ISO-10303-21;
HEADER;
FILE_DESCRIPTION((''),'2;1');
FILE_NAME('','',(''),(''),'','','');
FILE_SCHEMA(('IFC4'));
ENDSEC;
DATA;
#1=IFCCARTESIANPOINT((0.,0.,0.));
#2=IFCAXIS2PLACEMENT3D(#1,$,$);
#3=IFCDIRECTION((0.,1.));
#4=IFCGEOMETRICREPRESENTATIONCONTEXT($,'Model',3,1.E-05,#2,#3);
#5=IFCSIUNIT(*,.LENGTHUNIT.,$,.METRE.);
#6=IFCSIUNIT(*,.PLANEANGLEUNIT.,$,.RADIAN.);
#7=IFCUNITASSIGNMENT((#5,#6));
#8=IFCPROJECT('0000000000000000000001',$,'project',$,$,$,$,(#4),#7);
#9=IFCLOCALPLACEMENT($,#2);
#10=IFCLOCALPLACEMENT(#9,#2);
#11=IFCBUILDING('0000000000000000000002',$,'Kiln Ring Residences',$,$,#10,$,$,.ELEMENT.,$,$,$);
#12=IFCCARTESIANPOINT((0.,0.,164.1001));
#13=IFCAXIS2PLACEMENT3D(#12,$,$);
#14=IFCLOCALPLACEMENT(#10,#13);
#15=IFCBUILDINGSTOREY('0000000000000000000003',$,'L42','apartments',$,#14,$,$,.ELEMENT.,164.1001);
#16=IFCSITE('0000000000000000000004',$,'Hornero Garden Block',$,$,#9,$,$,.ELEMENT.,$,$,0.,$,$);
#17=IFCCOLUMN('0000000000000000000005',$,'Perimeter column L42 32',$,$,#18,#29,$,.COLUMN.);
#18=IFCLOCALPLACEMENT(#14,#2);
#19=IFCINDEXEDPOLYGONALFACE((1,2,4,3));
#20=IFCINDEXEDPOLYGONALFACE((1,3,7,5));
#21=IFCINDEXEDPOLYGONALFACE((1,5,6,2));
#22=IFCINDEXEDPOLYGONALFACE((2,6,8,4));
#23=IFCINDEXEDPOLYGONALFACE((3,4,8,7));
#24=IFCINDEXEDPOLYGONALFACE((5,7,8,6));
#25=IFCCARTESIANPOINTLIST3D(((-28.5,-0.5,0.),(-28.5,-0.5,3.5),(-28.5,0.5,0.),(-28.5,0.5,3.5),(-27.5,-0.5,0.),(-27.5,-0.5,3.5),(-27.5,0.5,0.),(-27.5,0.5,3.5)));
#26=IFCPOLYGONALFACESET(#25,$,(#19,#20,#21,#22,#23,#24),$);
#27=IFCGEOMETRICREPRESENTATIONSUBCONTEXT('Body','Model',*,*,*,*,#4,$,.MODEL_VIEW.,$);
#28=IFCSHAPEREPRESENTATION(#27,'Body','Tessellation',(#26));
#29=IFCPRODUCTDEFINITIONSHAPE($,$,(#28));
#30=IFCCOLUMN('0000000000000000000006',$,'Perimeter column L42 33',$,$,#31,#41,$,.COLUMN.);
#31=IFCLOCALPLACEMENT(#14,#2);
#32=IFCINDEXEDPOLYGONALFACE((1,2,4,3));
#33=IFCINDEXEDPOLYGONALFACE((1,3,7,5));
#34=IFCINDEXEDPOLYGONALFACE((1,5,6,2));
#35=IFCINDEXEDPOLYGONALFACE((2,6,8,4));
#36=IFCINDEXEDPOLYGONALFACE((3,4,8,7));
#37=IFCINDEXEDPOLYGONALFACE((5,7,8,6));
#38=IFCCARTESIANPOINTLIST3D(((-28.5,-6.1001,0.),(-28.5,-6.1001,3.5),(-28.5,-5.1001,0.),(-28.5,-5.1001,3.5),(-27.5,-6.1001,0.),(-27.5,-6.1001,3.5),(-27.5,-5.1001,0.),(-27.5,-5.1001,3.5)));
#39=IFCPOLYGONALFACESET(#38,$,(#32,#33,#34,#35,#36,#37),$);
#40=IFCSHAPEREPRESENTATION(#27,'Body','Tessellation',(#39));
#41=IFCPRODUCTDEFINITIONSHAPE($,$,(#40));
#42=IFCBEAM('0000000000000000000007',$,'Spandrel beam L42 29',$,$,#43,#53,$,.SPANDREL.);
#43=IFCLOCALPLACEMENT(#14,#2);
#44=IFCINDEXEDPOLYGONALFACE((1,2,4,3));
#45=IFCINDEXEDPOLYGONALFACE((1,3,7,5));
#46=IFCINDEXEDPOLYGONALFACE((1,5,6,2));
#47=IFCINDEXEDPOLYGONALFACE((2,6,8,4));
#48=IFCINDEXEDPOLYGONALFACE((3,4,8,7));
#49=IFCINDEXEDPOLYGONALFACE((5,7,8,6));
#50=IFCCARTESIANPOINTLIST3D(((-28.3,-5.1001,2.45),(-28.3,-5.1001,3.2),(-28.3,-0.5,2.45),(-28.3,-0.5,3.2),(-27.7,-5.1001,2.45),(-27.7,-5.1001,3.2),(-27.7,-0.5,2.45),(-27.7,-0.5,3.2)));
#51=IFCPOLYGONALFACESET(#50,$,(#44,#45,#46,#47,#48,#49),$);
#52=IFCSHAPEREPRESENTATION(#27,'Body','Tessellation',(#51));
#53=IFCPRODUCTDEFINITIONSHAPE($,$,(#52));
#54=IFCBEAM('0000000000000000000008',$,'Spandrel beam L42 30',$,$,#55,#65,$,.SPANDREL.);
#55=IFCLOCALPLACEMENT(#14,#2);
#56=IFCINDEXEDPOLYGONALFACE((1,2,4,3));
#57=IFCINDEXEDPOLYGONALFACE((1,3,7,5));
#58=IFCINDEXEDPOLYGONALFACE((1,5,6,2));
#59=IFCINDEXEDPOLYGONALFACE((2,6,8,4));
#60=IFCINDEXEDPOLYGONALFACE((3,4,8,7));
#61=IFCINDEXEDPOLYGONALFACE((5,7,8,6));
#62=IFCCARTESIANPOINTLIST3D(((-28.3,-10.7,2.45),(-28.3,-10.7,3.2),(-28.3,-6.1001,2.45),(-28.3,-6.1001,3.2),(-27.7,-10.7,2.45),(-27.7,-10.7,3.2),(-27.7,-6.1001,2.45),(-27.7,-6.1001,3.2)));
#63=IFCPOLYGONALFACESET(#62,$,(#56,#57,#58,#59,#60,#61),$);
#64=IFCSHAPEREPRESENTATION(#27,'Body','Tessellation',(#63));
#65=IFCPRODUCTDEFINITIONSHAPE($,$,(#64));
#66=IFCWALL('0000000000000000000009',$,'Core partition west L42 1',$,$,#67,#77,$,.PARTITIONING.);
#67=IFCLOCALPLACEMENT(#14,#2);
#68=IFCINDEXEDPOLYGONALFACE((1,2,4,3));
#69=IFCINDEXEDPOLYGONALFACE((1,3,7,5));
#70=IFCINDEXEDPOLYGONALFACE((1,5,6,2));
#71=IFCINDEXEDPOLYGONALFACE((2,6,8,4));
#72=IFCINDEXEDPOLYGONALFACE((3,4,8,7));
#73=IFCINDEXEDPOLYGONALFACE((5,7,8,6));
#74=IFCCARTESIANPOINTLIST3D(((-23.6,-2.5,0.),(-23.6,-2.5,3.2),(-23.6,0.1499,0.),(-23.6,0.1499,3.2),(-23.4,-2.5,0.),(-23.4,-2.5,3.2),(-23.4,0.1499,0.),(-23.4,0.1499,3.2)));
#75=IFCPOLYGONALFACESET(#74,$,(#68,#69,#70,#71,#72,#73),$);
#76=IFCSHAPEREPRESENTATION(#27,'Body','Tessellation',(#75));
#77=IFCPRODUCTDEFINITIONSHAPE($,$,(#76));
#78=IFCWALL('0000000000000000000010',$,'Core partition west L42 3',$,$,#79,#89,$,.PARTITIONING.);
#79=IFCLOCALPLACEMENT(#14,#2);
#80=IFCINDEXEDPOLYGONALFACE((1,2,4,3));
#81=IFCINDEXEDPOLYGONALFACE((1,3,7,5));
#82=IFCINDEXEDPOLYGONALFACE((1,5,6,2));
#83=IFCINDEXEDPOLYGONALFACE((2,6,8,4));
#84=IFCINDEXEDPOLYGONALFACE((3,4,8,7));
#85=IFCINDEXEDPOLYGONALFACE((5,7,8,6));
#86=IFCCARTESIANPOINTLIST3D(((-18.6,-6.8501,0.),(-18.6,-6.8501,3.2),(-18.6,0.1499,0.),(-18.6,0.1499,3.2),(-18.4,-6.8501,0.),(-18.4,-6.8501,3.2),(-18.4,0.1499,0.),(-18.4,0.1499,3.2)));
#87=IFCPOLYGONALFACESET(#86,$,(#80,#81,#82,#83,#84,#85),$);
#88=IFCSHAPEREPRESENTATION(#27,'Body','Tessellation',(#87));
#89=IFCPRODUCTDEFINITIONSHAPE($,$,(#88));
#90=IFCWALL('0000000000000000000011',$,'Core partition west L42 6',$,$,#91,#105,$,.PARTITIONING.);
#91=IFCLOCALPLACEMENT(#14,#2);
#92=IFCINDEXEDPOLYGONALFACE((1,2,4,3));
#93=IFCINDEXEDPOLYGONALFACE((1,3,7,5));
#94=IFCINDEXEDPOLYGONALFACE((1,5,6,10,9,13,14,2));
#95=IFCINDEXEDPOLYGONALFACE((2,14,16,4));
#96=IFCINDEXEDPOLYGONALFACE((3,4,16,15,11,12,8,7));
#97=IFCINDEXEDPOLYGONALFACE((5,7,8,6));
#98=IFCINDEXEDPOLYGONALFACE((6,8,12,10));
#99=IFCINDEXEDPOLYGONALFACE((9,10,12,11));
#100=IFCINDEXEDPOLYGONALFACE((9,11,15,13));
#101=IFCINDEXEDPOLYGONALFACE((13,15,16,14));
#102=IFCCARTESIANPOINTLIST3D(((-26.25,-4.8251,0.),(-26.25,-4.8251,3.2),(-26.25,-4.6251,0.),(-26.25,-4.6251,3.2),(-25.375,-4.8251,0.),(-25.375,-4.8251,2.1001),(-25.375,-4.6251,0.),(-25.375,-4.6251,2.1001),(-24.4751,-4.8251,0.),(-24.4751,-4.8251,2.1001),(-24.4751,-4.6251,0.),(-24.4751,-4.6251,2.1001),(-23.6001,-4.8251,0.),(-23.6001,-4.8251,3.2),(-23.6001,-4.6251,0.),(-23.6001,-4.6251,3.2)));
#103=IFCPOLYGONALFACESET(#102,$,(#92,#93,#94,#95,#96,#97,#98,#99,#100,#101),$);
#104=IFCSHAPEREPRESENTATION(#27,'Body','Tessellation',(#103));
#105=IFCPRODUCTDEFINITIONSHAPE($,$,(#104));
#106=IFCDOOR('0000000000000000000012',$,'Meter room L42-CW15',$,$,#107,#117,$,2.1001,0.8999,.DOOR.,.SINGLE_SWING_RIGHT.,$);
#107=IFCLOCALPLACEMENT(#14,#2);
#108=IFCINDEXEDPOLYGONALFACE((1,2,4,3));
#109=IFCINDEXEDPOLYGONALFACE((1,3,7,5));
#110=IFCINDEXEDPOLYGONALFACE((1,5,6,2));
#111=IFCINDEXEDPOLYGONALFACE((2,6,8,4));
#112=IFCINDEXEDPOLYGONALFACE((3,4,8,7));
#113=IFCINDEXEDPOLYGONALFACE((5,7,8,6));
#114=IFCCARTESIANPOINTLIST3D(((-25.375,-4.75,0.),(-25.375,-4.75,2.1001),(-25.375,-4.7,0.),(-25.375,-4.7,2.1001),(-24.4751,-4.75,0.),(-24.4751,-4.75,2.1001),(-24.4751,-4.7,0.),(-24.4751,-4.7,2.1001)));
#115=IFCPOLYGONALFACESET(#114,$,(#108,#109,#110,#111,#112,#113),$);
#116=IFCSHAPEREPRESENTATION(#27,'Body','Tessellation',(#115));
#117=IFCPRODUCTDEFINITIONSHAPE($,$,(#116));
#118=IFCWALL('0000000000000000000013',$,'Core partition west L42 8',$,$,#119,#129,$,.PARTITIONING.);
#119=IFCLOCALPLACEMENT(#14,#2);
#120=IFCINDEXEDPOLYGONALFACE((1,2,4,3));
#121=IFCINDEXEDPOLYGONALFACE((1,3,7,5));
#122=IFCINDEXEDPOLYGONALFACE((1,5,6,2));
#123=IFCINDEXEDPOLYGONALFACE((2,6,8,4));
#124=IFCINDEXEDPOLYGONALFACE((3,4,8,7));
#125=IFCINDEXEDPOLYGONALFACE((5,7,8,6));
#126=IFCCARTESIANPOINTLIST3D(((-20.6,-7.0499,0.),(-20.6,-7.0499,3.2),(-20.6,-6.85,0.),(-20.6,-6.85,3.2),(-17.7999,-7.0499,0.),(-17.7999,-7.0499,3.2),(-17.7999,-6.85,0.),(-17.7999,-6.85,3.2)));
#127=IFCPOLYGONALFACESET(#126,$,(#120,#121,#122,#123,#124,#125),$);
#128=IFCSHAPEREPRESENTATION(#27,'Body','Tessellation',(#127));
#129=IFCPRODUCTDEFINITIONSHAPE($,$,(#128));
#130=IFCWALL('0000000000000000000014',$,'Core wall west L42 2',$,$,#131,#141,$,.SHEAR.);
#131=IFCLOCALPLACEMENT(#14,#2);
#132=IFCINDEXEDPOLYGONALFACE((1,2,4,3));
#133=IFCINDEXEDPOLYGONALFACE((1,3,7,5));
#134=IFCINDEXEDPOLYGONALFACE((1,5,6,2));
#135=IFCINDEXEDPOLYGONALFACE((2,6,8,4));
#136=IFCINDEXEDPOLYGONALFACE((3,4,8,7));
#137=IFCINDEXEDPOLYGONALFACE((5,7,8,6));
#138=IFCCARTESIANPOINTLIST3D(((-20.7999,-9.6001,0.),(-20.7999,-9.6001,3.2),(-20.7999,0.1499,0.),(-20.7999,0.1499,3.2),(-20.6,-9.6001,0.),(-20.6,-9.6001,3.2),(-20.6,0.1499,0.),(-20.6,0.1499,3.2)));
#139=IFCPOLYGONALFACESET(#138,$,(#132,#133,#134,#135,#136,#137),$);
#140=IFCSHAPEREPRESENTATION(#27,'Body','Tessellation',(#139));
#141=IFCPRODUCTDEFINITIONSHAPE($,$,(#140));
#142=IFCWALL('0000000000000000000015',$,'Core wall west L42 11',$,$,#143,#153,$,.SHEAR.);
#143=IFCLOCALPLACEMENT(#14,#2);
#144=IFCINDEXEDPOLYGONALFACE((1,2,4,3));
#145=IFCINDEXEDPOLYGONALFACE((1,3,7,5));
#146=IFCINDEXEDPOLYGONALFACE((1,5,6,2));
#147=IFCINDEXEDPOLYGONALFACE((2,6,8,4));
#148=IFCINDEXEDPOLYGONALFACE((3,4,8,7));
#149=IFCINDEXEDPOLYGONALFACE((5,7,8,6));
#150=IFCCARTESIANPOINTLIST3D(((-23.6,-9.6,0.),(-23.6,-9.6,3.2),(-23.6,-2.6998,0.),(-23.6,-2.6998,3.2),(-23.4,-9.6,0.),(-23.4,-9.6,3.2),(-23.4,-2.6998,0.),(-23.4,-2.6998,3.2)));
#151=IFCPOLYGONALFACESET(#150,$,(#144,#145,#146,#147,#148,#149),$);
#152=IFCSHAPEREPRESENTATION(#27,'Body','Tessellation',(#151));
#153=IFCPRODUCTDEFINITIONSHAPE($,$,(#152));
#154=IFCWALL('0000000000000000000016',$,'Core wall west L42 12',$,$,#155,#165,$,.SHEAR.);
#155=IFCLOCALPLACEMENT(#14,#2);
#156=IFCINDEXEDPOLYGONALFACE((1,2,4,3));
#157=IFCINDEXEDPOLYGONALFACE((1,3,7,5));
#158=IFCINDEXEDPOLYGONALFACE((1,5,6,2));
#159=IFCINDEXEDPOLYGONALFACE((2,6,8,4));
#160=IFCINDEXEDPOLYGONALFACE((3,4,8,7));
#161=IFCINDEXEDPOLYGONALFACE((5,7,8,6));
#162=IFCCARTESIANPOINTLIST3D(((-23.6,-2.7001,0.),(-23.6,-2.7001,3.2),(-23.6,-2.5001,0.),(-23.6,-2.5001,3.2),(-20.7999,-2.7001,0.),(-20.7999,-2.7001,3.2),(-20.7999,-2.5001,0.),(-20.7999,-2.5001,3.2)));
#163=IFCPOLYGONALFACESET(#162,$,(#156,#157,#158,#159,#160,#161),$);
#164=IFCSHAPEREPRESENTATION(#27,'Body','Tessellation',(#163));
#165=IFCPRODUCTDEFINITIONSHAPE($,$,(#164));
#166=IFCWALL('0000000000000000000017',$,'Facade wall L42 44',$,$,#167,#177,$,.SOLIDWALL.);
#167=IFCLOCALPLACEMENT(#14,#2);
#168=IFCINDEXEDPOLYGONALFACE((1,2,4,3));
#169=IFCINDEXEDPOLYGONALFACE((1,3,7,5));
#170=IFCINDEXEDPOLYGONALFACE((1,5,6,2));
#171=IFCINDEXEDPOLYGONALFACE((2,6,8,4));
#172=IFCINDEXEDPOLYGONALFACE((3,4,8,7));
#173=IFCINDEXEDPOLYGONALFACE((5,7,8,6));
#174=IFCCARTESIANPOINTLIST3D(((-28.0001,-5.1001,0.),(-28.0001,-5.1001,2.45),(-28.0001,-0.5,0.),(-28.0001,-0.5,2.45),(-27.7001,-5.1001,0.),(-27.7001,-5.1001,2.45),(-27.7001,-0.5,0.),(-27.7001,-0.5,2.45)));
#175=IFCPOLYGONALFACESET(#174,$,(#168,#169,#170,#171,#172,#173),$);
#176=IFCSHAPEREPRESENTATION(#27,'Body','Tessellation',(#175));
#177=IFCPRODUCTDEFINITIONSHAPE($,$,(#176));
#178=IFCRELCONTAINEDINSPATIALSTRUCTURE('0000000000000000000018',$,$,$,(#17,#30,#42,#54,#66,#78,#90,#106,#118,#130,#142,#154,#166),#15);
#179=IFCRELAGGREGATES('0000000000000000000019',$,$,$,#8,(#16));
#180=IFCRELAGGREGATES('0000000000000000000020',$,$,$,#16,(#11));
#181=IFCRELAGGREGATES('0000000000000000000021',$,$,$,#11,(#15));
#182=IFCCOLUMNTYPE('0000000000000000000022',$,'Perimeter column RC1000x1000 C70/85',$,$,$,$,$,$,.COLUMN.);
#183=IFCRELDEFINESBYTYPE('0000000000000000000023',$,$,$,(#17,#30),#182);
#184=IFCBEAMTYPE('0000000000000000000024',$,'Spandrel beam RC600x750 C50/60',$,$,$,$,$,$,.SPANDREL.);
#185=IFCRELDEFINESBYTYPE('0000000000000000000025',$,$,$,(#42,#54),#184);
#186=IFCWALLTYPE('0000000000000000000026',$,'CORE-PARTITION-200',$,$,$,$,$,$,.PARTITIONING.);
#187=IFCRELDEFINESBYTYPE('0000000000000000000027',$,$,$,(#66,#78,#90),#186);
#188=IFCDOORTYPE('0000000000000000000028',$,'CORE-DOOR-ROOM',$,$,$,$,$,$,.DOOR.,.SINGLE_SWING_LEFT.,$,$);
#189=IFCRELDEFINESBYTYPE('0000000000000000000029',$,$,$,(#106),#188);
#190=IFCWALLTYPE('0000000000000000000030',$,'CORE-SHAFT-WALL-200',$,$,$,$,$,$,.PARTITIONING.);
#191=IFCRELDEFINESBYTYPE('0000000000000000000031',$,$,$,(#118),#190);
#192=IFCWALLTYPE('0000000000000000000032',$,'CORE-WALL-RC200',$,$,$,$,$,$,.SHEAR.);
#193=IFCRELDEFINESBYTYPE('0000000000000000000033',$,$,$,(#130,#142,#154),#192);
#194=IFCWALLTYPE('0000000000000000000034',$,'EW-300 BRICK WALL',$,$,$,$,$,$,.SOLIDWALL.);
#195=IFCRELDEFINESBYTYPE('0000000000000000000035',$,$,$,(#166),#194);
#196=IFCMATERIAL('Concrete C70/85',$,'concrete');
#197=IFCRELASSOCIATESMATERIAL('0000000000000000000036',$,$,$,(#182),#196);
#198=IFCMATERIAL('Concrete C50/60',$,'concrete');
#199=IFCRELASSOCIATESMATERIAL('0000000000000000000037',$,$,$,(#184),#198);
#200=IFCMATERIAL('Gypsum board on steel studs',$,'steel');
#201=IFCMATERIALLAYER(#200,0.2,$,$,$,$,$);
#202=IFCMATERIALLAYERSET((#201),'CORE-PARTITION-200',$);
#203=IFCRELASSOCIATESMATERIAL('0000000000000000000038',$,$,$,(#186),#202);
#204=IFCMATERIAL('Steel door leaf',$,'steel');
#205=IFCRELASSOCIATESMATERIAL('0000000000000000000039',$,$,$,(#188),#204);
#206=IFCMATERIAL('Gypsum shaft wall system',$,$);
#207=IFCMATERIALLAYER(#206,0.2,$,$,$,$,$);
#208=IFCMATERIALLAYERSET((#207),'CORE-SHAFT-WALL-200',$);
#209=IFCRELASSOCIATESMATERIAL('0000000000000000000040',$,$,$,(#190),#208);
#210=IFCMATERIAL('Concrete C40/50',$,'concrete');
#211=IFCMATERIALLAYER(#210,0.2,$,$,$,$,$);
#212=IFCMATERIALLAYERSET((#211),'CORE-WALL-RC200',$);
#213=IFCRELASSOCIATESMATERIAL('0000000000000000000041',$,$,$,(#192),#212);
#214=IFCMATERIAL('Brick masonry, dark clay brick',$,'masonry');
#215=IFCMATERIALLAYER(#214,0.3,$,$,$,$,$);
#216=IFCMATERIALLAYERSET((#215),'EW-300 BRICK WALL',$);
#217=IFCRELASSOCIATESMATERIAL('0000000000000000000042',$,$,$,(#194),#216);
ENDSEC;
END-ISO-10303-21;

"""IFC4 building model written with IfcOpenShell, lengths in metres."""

from ifc_helpers import new_model, si_unit, direction, frame, frame_2d, origin, origin_2d, place, context, subcontext, project, spatial, rectangle, extrude, material, layer, layer_set, material_profile, profile_set, type_object, element, fill, save


model = new_model("IFC4")

# Units and contexts
model_context = context("Model", 3, precision=1e-05, world=origin(), true_north=direction((0.0, 1.0)))
body_context = subcontext(model_context, "Body", "Model", "MODEL_VIEW")
ifc_project = project(units=[si_unit("LENGTHUNIT", "METRE"), si_unit("PLANEANGLEUNIT", "RADIAN")], contexts=[model_context])

# Site, building, storey
site_placement = place(None, origin())
site = spatial("IfcSite", under=ifc_project, at=site_placement, Name="Hornero Garden Block", CompositionType="ELEMENT", RefElevation=0.0)
building_placement = place(site_placement, origin())
building = spatial("IfcBuilding", under=site, at=building_placement, Name="Kiln Ring Residences", CompositionType="ELEMENT")
storey_placement = place(building_placement, frame((0.0, 0.0, 164.1001)))
storey = spatial("IfcBuildingStorey", under=building, at=storey_placement, Name="L42", Description="apartments", CompositionType="ELEMENT", Elevation=164.1001)

# Columns
ifc_material_1 = material(Name="Concrete C70/85", Category="concrete")
ifc_material_profile_1 = material_profile(ifc_material_1, rectangle(XDim=1.0, YDim=1.0, at=origin_2d()), Name="RC1000x1000")
ifc_profile_set_1 = profile_set([ifc_material_profile_1], Name="Concrete C70/85")
column_type = type_object("IfcColumnType", Name="Perimeter column RC1000x1000 C70/85", PredefinedType="COLUMN", material=ifc_profile_set_1)
for number, where, z_axis, x_axis, name in (
    (1, (-28.0, 0.0, 0.0), (0.0, 0.0, 1.0), (1.0, 0.0, 0.0), "Perimeter column L42 32"),
    (2, (-28.0, -5.6001, 0.0), (0.0, 0.0, 1.0), (1.0, 0.0, 0.0), "Perimeter column L42 33"),
):
    element("IfcColumn", number, at=place(storey_placement, frame(where, z_axis=z_axis, x_axis=x_axis)), inside=storey, type_object=column_type, Name=name, PredefinedType="COLUMN", context=body_context, shape_type="SweptSolid", body=[
        extrude(rectangle(XDim=1.0, YDim=1.0, at=origin_2d()), origin(), (0.0, 0.0, 1.0), 3.5),
    ])

# Beams
ifc_material_2 = material(Name="Concrete C50/60", Category="concrete")
ifc_material_profile_2 = material_profile(ifc_material_2, rectangle(XDim=0.6001, YDim=0.75, at=origin_2d()), Name="RC600x750")
ifc_profile_set_2 = profile_set([ifc_material_profile_2], Name="Concrete C50/60")
beam_type = type_object("IfcBeamType", Name="Spandrel beam RC600x750 C50/60", PredefinedType="SPANDREL", material=ifc_profile_set_2)
beam_1_placement = place(storey_placement, frame((-28.0, -0.5, 2.825), z_axis=(0.0, -1.0, 0.0), x_axis=(1.0, 0.0, 0.0)))
element("IfcBeam", 3, at=beam_1_placement, inside=storey, type_object=beam_type, Name="Spandrel beam L42 29", PredefinedType="SPANDREL", context=body_context, shape_type="SweptSolid", body=[
    extrude(rectangle(XDim=0.6001, YDim=0.75, at=origin_2d()), origin(), (0.0, 0.0, 1.0), 4.6001),
])
beam_2_placement = place(storey_placement, frame((-28.0, -6.1001, 2.825), z_axis=(0.0, -1.0, 0.0), x_axis=(1.0, 0.0, 0.0)))
element("IfcBeam", 4, at=beam_2_placement, inside=storey, type_object=beam_type, Name="Spandrel beam L42 30", PredefinedType="SPANDREL", context=body_context, shape_type="SweptSolid", body=[
    extrude(rectangle(XDim=0.6001, YDim=0.75, at=origin_2d()), origin(), (0.0, 0.0, 1.0), 4.5999),
])

# Walls
ifc_material_3 = material(Name="Gypsum board on steel studs", Category="steel")
ifc_layer_1 = layer(ifc_material_3, 0.2)
ifc_layer_set_1 = layer_set([ifc_layer_1], Name="CORE-PARTITION-200")
wall_type_1 = type_object("IfcWallType", Name="CORE-PARTITION-200", PredefinedType="PARTITIONING", material=ifc_layer_set_1)
wall_1_placement = place(storey_placement, frame((-23.5, -2.5, 0.0), z_axis=(0.0, 0.0, 1.0), x_axis=(0.0, 1.0, 0.0)))
element("IfcWall", 5, at=wall_1_placement, inside=storey, type_object=wall_type_1, Name="Core partition west L42 1", PredefinedType="PARTITIONING", context=body_context, shape_type="SweptSolid", body=[
    extrude(rectangle(XDim=2.6499, YDim=0.2, at=frame_2d((1.325, 0.0))), origin(), (0.0, 0.0, 1.0), 3.2),
])
wall_2_placement = place(storey_placement, frame((-18.5, -6.8501, 0.0), z_axis=(0.0, 0.0, 1.0), x_axis=(0.0, 1.0, 0.0)))
element("IfcWall", 6, at=wall_2_placement, inside=storey, type_object=wall_type_1, Name="Core partition west L42 3", PredefinedType="PARTITIONING", context=body_context, shape_type="SweptSolid", body=[
    extrude(rectangle(XDim=7.0, YDim=0.2, at=frame_2d((3.5, 0.0))), origin(), (0.0, 0.0, 1.0), 3.2),
])

# Wall, opening, door
wall_3_placement = place(storey_placement, frame((-23.6001, -4.7251, 0.0), z_axis=(0.0, 0.0, 1.0), x_axis=(-1.0, 0.0, 0.0)))
wall_3 = element("IfcWall", 7, at=wall_3_placement, inside=storey, type_object=wall_type_1, Name="Core partition west L42 6", PredefinedType="PARTITIONING", context=body_context, shape_type="SweptSolid", body=[
    extrude(rectangle(XDim=2.6499, YDim=0.2, at=frame_2d((1.325, 0.0))), origin(), (0.0, 0.0, 1.0), 3.2),
])
opening_placement = place(wall_3_placement, frame((0.875, 0.0, 0.0)))
opening = element("IfcOpeningElement", 8, at=opening_placement, cuts=wall_3, PredefinedType="OPENING", context=body_context, shape_type="SweptSolid", body=[
    extrude(rectangle(XDim=0.8999, YDim=2.1001, at=frame_2d((0.45, 1.05))), frame((0.0, 0.1099, 0.0), z_axis=(0.0, -1.0, 0.0), x_axis=(1.0, 0.0, 0.0)), (0.0, 0.0, 1.0), 0.22),
])
ifc_material_4 = material(Name="Steel door leaf", Category="steel")
door_type = type_object("IfcDoorType", Name="CORE-DOOR-ROOM", OperationType="SINGLE_SWING_LEFT", PredefinedType="DOOR", material=ifc_material_4)
door_placement = place(opening_placement, origin())
door = element("IfcDoor", 9, at=door_placement, inside=storey, type_object=door_type, Name="Meter room L42-CW15", OperationType="SINGLE_SWING_RIGHT", OverallHeight=2.1001, OverallWidth=0.8999, PredefinedType="DOOR", context=body_context, shape_type="SweptSolid", body=[
    extrude(rectangle(XDim=0.8999, YDim=2.1001, at=frame_2d((0.45, 1.05))), frame((0.0, 0.0249, 0.0), z_axis=(0.0, -1.0, 0.0), x_axis=(1.0, 0.0, 0.0)), (0.0, 0.0, 1.0), 0.05),
])
fill(opening, door)

# Walls
ifc_material_5 = material(Name="Gypsum shaft wall system")
ifc_layer_2 = layer(ifc_material_5, 0.2)
ifc_layer_set_2 = layer_set([ifc_layer_2], Name="CORE-SHAFT-WALL-200")
wall_type_2 = type_object("IfcWallType", Name="CORE-SHAFT-WALL-200", PredefinedType="PARTITIONING", material=ifc_layer_set_2)
wall_4_placement = place(storey_placement, frame((-17.8, -6.95, 0.0), z_axis=(0.0, 0.0, 1.0), x_axis=(-1.0, 0.0, 0.0)))
element("IfcWall", 10, at=wall_4_placement, inside=storey, type_object=wall_type_2, Name="Core partition west L42 8", PredefinedType="PARTITIONING", context=body_context, shape_type="SweptSolid", body=[
    extrude(rectangle(XDim=2.8, YDim=0.2, at=frame_2d((1.3999, 0.0))), origin(), (0.0, 0.0, 1.0), 3.2),
])
ifc_material_6 = material(Name="Concrete C40/50", Category="concrete")
ifc_layer_3 = layer(ifc_material_6, 0.2)
ifc_layer_set_3 = layer_set([ifc_layer_3], Name="CORE-WALL-RC200")
wall_type_3 = type_object("IfcWallType", Name="CORE-WALL-RC200", PredefinedType="SHEAR", material=ifc_layer_set_3)
wall_5_placement = place(storey_placement, frame((-20.7, -9.6001, 0.0), z_axis=(0.0, 0.0, 1.0), x_axis=(0.0, 1.0, 0.0)))
element("IfcWall", 11, at=wall_5_placement, inside=storey, type_object=wall_type_3, Name="Core wall west L42 2", PredefinedType="SHEAR", context=body_context, shape_type="SweptSolid", body=[
    extrude(rectangle(XDim=9.75, YDim=0.2, at=frame_2d((4.875, 0.0))), origin(), (0.0, 0.0, 1.0), 3.2),
])
wall_6_placement = place(storey_placement, frame((-23.5, -9.6001, 0.0), z_axis=(0.0, 0.0, 1.0), x_axis=(0.0, 1.0, 0.0)))
element("IfcWall", 12, at=wall_6_placement, inside=storey, type_object=wall_type_3, Name="Core wall west L42 11", PredefinedType="SHEAR", context=body_context, shape_type="SweptSolid", body=[
    extrude(rectangle(XDim=6.9001, YDim=0.2, at=frame_2d((3.4502, 0.0))), origin(), (0.0, 0.0, 1.0), 3.2),
])
wall_7_placement = place(storey_placement, frame((-20.8, -2.6001, 0.0), z_axis=(0.0, 0.0, 1.0), x_axis=(-1.0, 0.0, 0.0)))
element("IfcWall", 13, at=wall_7_placement, inside=storey, type_object=wall_type_3, Name="Core wall west L42 12", PredefinedType="SHEAR", context=body_context, shape_type="SweptSolid", body=[
    extrude(rectangle(XDim=2.8, YDim=0.2, at=frame_2d((1.3999, 0.0))), origin(), (0.0, 0.0, 1.0), 3.2),
])
ifc_material_7 = material(Name="Brick masonry, dark clay brick", Category="masonry")
ifc_layer_4 = layer(ifc_material_7, 0.3)
ifc_layer_set_4 = layer_set([ifc_layer_4], Name="EW-300 BRICK WALL")
wall_type_4 = type_object("IfcWallType", Name="EW-300 BRICK WALL", PredefinedType="SOLIDWALL", material=ifc_layer_set_4)
wall_8_placement = place(storey_placement, frame((-27.8501, -0.5, 0.0), z_axis=(0.0, 0.0, 1.0), x_axis=(0.0, -1.0, 0.0)))
element("IfcWall", 14, at=wall_8_placement, inside=storey, type_object=wall_type_4, Name="Facade wall L42 44", PredefinedType="SOLIDWALL", context=body_context, shape_type="SweptSolid", body=[
    extrude(rectangle(XDim=4.6001, YDim=0.3, at=frame_2d((2.3, 0.0))), origin(), (0.0, 0.0, 1.0), 2.45),
])

save(model, "model.ifc")
